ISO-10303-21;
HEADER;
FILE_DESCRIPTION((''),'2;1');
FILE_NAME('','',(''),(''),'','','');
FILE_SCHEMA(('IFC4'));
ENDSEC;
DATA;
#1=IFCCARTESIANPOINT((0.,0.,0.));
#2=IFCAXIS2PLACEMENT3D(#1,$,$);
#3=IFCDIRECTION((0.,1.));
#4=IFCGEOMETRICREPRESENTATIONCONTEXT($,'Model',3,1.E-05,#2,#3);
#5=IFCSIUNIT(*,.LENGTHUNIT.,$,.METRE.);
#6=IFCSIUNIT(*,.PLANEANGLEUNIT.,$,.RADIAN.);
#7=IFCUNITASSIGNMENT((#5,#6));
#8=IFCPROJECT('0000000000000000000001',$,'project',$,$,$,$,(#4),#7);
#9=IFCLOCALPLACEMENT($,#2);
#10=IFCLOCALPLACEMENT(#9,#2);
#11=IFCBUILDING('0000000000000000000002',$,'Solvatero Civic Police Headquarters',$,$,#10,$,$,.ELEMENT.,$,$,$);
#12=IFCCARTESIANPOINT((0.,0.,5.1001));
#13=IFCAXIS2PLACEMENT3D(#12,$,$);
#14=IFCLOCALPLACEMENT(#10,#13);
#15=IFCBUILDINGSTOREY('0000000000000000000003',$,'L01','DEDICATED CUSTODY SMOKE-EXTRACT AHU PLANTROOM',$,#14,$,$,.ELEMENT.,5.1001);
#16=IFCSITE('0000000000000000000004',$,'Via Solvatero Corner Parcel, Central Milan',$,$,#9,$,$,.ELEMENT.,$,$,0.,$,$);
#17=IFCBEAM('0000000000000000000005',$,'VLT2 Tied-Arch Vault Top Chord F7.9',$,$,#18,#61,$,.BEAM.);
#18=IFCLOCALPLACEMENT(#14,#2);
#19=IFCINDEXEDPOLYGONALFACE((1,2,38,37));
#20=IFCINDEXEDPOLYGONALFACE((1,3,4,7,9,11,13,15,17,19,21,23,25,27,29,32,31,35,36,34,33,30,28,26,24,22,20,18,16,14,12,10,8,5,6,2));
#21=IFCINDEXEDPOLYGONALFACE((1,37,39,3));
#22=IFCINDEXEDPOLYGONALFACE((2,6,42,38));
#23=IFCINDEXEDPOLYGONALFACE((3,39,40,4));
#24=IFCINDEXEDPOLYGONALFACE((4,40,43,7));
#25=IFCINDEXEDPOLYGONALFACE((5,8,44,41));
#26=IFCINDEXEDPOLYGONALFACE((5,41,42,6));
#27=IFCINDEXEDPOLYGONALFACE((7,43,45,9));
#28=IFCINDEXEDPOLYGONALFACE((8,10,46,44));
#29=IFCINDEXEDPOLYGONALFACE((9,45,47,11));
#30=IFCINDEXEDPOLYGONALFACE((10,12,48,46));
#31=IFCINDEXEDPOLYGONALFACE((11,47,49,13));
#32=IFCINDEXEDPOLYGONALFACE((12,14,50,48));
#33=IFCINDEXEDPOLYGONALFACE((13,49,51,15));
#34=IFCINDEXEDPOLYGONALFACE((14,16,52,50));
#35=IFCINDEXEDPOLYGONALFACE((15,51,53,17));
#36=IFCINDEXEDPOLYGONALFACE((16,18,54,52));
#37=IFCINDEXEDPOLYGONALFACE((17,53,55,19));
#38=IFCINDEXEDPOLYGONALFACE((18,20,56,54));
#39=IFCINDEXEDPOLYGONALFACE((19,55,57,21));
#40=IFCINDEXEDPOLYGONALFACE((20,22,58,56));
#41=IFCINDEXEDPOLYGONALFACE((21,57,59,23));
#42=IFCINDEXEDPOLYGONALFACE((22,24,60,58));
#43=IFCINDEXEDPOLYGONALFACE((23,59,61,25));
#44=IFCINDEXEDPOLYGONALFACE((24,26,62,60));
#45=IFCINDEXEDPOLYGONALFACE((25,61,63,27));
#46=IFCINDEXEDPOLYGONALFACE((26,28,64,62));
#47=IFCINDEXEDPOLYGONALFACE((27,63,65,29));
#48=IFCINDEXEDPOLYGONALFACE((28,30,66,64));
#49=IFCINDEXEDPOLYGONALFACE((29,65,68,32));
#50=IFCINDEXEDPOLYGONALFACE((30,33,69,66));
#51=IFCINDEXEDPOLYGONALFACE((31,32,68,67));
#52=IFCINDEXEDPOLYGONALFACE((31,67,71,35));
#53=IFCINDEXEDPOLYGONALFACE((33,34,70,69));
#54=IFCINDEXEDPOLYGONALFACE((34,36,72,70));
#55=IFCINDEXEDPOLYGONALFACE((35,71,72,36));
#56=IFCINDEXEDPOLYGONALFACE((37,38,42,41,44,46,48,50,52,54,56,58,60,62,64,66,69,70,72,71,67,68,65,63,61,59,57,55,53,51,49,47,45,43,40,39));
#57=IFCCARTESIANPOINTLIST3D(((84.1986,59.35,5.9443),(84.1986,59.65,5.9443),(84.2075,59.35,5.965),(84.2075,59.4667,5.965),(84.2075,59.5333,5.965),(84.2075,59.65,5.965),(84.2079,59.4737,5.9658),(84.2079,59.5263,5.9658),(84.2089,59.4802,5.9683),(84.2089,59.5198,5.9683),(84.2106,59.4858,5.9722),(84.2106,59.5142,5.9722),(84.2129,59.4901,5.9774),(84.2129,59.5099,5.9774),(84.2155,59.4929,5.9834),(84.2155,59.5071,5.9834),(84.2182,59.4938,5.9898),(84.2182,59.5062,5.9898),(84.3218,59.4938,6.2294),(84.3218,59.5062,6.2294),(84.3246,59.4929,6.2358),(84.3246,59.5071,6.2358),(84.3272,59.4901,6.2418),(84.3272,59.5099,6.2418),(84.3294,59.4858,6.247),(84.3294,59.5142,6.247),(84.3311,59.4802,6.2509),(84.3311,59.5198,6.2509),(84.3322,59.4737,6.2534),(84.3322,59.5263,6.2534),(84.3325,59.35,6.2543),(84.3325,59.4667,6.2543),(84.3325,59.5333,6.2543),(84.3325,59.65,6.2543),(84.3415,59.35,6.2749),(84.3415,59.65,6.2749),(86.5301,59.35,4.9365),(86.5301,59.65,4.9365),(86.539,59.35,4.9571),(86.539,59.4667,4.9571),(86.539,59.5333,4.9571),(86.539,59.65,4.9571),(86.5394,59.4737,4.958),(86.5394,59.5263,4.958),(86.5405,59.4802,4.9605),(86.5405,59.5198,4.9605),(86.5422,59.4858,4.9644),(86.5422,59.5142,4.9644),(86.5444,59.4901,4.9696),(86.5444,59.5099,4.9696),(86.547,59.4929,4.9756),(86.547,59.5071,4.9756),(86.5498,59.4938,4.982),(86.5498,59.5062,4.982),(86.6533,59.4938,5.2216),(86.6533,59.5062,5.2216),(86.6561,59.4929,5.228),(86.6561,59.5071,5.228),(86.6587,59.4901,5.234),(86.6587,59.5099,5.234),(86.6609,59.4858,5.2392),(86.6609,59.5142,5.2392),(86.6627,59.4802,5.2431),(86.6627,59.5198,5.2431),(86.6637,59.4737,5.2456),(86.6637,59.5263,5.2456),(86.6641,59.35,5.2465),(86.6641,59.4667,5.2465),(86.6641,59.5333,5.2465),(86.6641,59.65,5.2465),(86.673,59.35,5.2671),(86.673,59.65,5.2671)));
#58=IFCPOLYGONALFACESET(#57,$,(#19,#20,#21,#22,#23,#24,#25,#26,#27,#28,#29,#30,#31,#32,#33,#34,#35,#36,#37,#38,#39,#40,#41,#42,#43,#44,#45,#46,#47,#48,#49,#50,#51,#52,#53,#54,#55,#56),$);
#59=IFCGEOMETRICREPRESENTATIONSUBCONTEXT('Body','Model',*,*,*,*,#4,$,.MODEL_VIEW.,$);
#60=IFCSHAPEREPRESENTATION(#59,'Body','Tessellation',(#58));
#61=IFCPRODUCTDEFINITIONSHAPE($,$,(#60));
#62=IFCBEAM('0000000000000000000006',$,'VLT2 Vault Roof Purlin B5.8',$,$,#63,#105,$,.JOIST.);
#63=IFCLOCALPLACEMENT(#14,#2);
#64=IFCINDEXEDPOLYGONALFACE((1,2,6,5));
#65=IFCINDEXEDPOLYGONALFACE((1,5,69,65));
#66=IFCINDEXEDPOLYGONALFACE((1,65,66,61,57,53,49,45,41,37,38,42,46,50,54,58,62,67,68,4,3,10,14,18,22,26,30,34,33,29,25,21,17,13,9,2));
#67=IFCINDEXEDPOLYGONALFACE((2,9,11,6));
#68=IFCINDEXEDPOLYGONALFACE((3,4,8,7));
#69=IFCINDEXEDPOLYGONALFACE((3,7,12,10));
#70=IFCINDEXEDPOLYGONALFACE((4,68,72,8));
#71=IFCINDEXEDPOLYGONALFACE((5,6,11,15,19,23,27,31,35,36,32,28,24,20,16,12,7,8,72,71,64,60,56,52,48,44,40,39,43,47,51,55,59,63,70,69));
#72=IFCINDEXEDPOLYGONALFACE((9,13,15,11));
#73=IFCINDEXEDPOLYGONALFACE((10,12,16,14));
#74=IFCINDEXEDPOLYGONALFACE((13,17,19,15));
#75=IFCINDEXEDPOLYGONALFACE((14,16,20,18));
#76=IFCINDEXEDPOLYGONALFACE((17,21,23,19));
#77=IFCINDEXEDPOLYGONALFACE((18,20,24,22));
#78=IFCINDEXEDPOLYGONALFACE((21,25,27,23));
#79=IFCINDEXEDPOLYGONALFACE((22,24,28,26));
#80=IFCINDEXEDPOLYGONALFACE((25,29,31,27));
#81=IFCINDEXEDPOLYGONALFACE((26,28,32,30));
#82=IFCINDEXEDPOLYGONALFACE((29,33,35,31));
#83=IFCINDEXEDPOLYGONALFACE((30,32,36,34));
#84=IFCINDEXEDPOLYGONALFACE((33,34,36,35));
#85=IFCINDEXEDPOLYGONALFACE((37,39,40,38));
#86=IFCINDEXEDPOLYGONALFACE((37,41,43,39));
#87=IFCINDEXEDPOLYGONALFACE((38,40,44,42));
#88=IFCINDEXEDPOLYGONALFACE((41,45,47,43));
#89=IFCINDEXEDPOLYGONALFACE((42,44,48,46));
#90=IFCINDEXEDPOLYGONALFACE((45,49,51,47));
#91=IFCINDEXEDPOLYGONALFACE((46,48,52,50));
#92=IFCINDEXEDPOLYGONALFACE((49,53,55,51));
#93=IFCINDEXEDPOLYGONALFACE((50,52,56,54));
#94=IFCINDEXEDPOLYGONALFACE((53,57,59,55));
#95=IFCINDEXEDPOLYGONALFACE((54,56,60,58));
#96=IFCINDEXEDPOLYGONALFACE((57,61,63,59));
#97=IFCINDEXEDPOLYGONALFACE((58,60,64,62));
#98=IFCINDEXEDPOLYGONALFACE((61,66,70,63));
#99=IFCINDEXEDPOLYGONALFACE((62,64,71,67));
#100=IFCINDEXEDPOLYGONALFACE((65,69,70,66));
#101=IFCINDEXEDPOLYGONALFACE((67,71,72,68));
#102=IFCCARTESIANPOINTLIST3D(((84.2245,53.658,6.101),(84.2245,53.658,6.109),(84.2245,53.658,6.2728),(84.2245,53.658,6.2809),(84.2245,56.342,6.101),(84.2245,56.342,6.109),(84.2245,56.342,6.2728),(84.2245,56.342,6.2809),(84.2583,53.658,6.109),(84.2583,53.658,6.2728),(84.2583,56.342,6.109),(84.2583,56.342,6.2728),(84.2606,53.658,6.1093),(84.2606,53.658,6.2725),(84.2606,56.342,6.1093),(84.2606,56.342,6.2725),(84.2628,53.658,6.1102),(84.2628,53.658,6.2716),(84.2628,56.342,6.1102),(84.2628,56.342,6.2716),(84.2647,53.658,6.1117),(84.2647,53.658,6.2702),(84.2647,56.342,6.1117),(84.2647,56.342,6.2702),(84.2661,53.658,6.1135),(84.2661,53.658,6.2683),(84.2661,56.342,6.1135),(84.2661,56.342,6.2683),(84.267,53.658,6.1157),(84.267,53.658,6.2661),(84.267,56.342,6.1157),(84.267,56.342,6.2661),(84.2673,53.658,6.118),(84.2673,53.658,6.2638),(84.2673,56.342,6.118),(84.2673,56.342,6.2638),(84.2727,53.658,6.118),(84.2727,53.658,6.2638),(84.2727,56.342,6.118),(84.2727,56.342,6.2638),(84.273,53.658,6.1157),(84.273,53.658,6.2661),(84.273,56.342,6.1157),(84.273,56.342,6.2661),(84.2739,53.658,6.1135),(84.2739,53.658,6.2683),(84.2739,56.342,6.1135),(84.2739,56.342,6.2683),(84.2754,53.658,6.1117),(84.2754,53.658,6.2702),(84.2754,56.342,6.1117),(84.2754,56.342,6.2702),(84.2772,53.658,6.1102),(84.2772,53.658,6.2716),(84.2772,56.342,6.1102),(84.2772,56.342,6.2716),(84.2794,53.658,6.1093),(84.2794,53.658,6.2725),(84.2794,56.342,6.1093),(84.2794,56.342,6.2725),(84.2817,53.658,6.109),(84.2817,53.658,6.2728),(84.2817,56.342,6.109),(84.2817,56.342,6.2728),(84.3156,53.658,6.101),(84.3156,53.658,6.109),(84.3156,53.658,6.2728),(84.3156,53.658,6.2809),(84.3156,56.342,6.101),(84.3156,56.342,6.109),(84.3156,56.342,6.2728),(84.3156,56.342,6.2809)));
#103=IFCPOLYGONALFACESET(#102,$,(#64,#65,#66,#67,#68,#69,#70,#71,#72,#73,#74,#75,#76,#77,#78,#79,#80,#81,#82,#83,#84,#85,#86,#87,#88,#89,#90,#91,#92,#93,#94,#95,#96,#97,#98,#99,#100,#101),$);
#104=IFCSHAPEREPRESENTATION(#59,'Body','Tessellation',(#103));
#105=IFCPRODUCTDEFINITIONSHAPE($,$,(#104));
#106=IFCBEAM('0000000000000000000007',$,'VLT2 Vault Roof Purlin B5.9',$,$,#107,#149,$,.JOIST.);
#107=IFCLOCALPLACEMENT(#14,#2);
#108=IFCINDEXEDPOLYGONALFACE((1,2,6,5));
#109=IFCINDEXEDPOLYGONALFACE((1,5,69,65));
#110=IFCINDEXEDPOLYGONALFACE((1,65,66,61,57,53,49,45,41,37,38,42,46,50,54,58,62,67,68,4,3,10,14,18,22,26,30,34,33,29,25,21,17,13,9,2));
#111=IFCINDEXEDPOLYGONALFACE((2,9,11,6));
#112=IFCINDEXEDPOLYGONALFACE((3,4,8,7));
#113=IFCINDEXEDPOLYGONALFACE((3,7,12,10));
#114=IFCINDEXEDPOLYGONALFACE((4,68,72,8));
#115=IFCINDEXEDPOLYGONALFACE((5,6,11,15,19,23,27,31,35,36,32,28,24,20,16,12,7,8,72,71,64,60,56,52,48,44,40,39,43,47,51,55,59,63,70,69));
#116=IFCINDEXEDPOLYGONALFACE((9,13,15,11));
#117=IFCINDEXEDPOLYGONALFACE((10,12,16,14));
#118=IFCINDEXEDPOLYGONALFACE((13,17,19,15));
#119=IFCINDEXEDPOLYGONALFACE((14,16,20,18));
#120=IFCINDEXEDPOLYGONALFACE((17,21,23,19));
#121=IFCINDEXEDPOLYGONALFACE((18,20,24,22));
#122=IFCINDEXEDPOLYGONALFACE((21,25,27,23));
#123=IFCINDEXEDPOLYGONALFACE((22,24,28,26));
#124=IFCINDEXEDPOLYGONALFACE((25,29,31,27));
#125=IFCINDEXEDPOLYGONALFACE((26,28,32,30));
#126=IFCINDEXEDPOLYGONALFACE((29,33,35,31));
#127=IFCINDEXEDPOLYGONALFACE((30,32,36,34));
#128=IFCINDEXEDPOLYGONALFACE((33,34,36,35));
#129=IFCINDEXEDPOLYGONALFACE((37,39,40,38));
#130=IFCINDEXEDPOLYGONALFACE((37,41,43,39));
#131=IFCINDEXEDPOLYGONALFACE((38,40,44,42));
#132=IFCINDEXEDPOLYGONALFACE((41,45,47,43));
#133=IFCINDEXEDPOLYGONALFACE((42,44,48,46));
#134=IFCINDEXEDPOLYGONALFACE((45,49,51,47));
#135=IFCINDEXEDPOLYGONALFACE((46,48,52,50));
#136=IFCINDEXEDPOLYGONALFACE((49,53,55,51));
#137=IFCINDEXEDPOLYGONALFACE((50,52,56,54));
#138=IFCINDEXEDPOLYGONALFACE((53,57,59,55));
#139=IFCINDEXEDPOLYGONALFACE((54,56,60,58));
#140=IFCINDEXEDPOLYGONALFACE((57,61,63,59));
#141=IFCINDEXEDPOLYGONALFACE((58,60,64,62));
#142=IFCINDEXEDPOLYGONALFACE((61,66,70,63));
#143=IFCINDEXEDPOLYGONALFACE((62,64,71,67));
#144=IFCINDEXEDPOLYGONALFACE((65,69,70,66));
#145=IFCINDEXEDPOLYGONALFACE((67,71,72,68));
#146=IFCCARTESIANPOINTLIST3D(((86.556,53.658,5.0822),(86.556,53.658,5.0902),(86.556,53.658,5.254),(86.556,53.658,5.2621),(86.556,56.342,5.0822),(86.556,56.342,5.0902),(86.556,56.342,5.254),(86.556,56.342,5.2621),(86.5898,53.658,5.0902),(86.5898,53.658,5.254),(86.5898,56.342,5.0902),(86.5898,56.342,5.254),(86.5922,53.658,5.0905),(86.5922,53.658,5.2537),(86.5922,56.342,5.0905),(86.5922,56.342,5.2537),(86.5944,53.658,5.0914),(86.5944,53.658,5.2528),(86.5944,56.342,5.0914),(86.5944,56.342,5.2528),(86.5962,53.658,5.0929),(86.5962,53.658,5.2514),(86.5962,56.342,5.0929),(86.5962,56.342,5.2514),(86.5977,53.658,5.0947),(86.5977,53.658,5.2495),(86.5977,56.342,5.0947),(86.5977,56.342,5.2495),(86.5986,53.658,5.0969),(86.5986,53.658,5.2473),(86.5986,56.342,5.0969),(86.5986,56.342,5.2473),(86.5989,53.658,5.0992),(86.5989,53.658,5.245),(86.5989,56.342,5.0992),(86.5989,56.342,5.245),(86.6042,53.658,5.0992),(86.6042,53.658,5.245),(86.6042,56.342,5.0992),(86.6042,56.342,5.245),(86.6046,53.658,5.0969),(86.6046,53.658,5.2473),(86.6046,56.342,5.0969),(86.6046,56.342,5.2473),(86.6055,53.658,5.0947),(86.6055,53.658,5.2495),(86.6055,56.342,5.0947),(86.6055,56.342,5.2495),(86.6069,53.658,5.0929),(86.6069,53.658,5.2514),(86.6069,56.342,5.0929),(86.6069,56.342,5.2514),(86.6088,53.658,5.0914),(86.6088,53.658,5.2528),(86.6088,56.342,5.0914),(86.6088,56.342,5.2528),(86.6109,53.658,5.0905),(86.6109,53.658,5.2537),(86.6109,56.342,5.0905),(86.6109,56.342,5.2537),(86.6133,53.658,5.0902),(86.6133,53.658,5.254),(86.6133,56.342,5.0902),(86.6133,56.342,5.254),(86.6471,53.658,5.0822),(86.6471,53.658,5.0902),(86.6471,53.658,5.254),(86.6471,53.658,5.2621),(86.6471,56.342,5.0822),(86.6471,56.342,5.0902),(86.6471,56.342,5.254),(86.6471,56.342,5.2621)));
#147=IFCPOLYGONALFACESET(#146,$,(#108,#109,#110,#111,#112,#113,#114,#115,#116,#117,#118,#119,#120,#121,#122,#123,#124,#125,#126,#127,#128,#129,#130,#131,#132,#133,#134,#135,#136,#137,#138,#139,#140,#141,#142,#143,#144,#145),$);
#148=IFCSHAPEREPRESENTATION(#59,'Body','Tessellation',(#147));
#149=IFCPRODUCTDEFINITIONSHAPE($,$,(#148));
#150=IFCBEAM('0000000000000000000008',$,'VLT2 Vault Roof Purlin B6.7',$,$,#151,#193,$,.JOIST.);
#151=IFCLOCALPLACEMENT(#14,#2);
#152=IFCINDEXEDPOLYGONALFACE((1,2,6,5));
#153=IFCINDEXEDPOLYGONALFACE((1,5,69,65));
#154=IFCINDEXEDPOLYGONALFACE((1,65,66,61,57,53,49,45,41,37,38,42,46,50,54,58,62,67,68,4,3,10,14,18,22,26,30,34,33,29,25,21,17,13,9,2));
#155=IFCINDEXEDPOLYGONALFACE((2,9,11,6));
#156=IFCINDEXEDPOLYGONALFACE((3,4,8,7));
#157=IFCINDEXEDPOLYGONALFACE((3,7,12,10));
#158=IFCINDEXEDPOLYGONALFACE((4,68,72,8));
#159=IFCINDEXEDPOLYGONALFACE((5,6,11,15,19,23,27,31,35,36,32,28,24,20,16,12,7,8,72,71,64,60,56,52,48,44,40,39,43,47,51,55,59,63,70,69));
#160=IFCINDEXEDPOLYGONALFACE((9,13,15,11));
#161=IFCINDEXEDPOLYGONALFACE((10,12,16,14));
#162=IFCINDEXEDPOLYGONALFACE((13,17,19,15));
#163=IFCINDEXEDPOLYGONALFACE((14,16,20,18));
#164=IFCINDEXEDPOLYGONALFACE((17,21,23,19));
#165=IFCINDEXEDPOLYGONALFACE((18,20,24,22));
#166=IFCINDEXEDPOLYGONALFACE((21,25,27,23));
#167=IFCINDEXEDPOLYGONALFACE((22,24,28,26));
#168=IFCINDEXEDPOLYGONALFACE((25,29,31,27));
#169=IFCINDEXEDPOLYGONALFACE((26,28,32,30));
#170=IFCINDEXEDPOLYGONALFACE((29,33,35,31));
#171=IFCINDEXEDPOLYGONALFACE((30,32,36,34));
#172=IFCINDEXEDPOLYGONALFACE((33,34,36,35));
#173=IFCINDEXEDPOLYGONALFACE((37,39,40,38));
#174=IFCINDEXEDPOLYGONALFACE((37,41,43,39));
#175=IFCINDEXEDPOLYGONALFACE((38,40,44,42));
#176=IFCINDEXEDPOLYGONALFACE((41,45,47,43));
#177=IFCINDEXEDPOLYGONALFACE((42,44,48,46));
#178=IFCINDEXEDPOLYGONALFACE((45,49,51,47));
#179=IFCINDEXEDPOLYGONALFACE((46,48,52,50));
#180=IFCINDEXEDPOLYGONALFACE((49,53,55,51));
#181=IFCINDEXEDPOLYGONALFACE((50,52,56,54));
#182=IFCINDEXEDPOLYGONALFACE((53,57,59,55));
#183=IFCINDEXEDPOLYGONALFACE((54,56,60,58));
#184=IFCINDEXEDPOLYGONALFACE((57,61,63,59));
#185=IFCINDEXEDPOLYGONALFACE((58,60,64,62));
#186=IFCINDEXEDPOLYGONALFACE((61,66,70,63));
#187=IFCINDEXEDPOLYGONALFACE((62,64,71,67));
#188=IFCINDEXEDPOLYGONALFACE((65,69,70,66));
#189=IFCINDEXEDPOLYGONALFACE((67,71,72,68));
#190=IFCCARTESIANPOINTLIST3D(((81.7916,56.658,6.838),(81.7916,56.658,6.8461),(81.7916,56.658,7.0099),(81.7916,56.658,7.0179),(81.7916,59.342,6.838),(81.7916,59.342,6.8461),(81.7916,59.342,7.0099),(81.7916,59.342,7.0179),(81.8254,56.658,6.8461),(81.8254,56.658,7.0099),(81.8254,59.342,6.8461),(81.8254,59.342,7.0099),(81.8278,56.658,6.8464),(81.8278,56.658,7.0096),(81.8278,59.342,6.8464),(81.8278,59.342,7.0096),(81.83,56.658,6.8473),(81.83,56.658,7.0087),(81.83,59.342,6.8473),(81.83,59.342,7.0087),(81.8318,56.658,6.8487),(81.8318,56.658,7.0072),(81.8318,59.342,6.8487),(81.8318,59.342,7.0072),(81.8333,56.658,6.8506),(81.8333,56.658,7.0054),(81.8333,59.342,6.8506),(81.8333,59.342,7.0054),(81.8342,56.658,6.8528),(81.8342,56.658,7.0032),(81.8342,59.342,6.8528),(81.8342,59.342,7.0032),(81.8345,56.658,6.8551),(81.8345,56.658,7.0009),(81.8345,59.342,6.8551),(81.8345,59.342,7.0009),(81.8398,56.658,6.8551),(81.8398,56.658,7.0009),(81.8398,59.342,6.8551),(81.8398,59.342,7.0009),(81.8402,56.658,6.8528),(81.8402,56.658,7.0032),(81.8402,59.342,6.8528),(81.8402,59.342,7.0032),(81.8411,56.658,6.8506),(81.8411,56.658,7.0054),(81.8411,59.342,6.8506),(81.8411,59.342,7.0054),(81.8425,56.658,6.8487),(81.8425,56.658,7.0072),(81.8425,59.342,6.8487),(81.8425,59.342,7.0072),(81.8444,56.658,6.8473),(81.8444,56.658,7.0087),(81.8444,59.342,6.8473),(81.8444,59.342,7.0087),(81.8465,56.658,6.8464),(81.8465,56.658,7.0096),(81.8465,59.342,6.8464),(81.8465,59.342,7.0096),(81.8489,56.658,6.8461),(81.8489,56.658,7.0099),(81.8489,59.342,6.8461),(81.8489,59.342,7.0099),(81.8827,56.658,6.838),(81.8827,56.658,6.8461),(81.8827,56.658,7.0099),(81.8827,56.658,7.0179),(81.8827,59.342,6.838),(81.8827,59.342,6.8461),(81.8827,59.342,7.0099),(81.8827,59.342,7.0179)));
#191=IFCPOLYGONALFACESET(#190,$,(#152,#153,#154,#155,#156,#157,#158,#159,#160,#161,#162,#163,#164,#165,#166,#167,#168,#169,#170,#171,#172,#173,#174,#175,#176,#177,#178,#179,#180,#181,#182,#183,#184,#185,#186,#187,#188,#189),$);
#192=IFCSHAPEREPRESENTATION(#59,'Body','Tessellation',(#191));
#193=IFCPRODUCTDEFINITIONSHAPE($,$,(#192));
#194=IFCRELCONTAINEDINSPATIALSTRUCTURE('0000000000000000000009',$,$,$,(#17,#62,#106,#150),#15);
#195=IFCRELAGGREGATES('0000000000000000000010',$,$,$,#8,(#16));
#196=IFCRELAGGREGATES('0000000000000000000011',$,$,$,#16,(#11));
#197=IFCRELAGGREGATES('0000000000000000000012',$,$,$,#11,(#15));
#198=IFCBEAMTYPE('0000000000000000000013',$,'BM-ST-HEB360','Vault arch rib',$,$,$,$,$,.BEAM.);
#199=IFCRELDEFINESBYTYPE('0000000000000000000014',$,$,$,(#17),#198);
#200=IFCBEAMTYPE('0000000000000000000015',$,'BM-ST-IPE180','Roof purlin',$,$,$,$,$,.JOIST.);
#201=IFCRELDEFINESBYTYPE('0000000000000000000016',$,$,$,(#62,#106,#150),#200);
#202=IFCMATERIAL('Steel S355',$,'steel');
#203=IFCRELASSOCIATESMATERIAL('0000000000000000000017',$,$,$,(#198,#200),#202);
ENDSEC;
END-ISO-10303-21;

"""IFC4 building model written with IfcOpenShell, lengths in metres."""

from ifc_helpers import new_model, si_unit, direction, frame, origin, origin_2d, place, context, subcontext, project, spatial, i_section, extrude, material, material_profile, profile_set, type_object, element, save


model = new_model("IFC4")

# Units and contexts
model_context = context("Model", 3, precision=1e-05, world=origin(), true_north=direction((0.0, 1.0)))
body_context = subcontext(model_context, "Body", "Model", "MODEL_VIEW")
ifc_project = project(units=[si_unit("LENGTHUNIT", "METRE"), si_unit("PLANEANGLEUNIT", "RADIAN")], contexts=[model_context])

# Site, building, storey
site_placement = place(None, origin())
site = spatial("IfcSite", under=ifc_project, at=site_placement, Name="Via Solvatero Corner Parcel, Central Milan", CompositionType="ELEMENT", RefElevation=0.0)
building_placement = place(site_placement, origin())
building = spatial("IfcBuilding", under=site, at=building_placement, Name="Solvatero Civic Police Headquarters", CompositionType="ELEMENT")
storey_placement = place(building_placement, frame((0.0, 0.0, 5.1001)))
storey = spatial("IfcBuildingStorey", under=building, at=storey_placement, Name="L01", Description="DEDICATED CUSTODY SMOKE-EXTRACT AHU PLANTROOM", CompositionType="ELEMENT", Elevation=5.1001)

# Beams
ifc_material_1 = material(Name="Steel S355", Category="steel")
ifc_material_profile_1 = material_profile(ifc_material_1, i_section(OverallWidth=0.3, OverallDepth=0.3601, WebThickness=0.0125, FlangeThickness=0.0225, FilletRadius=0.0271, at=origin_2d()), Name="HEB 360")
ifc_profile_set_1 = profile_set([ifc_material_profile_1], Name="Steel S355")
beam_type_1 = type_object("IfcBeamType", Name="BM-ST-HEB360", Description="Vault arch rib", PredefinedType="BEAM", material=ifc_profile_set_1)
for number, where, z_axis, x_axis, name in (
    (1, (84.27, 59.5, 6.1096), (0.917918, 0.0, -0.396771), (0.0, 1.0, 0.0), "VLT2 Tied-Arch Vault Top Chord F7.9"),
):
    element("IfcBeam", number, at=place(storey_placement, frame(where, z_axis=z_axis, x_axis=x_axis)), inside=storey, type_object=beam_type_1, Name=name, PredefinedType="BEAM", context=body_context, shape_type="SweptSolid", body=[
        extrude(i_section(OverallWidth=0.3, OverallDepth=0.3601, WebThickness=0.0125, FlangeThickness=0.0225, FilletRadius=0.0271, at=origin_2d()), origin(), (0.0, 0.0, 1.0), 2.54),
    ])
ifc_material_profile_2 = material_profile(ifc_material_1, i_section(OverallWidth=0.0911, OverallDepth=0.1799, WebThickness=0.0054, FlangeThickness=0.0081, FilletRadius=0.009, at=origin_2d()), Name="IPE 180")
ifc_profile_set_2 = profile_set([ifc_material_profile_2], Name="Steel S355")
beam_type_2 = type_object("IfcBeamType", Name="BM-ST-IPE180", Description="Roof purlin", PredefinedType="JOIST", material=ifc_profile_set_2)
for number, where, z_axis, x_axis, name in (
    (2, (84.27, 53.658, 6.1909), (0.0, 1.0, 0.0), (-1.0, 0.0, 0.0), "VLT2 Vault Roof Purlin B5.8"),
    (3, (86.6016, 53.658, 5.1721), (0.0, 1.0, 0.0), (-1.0, 0.0, 0.0), "VLT2 Vault Roof Purlin B5.9"),
    (4, (81.8372, 56.658, 6.928), (0.0, 1.0, 0.0), (-1.0, 0.0, 0.0), "VLT2 Vault Roof Purlin B6.7"),
):
    element("IfcBeam", number, at=place(storey_placement, frame(where, z_axis=z_axis, x_axis=x_axis)), inside=storey, type_object=beam_type_2, Name=name, PredefinedType="JOIST", context=body_context, shape_type="SweptSolid", body=[
        extrude(i_section(OverallWidth=0.0911, OverallDepth=0.1799, WebThickness=0.0054, FlangeThickness=0.0081, FilletRadius=0.009, at=origin_2d()), origin(), (0.0, 0.0, 1.0), 2.6841),
    ])

save(model, "model.ifc")
